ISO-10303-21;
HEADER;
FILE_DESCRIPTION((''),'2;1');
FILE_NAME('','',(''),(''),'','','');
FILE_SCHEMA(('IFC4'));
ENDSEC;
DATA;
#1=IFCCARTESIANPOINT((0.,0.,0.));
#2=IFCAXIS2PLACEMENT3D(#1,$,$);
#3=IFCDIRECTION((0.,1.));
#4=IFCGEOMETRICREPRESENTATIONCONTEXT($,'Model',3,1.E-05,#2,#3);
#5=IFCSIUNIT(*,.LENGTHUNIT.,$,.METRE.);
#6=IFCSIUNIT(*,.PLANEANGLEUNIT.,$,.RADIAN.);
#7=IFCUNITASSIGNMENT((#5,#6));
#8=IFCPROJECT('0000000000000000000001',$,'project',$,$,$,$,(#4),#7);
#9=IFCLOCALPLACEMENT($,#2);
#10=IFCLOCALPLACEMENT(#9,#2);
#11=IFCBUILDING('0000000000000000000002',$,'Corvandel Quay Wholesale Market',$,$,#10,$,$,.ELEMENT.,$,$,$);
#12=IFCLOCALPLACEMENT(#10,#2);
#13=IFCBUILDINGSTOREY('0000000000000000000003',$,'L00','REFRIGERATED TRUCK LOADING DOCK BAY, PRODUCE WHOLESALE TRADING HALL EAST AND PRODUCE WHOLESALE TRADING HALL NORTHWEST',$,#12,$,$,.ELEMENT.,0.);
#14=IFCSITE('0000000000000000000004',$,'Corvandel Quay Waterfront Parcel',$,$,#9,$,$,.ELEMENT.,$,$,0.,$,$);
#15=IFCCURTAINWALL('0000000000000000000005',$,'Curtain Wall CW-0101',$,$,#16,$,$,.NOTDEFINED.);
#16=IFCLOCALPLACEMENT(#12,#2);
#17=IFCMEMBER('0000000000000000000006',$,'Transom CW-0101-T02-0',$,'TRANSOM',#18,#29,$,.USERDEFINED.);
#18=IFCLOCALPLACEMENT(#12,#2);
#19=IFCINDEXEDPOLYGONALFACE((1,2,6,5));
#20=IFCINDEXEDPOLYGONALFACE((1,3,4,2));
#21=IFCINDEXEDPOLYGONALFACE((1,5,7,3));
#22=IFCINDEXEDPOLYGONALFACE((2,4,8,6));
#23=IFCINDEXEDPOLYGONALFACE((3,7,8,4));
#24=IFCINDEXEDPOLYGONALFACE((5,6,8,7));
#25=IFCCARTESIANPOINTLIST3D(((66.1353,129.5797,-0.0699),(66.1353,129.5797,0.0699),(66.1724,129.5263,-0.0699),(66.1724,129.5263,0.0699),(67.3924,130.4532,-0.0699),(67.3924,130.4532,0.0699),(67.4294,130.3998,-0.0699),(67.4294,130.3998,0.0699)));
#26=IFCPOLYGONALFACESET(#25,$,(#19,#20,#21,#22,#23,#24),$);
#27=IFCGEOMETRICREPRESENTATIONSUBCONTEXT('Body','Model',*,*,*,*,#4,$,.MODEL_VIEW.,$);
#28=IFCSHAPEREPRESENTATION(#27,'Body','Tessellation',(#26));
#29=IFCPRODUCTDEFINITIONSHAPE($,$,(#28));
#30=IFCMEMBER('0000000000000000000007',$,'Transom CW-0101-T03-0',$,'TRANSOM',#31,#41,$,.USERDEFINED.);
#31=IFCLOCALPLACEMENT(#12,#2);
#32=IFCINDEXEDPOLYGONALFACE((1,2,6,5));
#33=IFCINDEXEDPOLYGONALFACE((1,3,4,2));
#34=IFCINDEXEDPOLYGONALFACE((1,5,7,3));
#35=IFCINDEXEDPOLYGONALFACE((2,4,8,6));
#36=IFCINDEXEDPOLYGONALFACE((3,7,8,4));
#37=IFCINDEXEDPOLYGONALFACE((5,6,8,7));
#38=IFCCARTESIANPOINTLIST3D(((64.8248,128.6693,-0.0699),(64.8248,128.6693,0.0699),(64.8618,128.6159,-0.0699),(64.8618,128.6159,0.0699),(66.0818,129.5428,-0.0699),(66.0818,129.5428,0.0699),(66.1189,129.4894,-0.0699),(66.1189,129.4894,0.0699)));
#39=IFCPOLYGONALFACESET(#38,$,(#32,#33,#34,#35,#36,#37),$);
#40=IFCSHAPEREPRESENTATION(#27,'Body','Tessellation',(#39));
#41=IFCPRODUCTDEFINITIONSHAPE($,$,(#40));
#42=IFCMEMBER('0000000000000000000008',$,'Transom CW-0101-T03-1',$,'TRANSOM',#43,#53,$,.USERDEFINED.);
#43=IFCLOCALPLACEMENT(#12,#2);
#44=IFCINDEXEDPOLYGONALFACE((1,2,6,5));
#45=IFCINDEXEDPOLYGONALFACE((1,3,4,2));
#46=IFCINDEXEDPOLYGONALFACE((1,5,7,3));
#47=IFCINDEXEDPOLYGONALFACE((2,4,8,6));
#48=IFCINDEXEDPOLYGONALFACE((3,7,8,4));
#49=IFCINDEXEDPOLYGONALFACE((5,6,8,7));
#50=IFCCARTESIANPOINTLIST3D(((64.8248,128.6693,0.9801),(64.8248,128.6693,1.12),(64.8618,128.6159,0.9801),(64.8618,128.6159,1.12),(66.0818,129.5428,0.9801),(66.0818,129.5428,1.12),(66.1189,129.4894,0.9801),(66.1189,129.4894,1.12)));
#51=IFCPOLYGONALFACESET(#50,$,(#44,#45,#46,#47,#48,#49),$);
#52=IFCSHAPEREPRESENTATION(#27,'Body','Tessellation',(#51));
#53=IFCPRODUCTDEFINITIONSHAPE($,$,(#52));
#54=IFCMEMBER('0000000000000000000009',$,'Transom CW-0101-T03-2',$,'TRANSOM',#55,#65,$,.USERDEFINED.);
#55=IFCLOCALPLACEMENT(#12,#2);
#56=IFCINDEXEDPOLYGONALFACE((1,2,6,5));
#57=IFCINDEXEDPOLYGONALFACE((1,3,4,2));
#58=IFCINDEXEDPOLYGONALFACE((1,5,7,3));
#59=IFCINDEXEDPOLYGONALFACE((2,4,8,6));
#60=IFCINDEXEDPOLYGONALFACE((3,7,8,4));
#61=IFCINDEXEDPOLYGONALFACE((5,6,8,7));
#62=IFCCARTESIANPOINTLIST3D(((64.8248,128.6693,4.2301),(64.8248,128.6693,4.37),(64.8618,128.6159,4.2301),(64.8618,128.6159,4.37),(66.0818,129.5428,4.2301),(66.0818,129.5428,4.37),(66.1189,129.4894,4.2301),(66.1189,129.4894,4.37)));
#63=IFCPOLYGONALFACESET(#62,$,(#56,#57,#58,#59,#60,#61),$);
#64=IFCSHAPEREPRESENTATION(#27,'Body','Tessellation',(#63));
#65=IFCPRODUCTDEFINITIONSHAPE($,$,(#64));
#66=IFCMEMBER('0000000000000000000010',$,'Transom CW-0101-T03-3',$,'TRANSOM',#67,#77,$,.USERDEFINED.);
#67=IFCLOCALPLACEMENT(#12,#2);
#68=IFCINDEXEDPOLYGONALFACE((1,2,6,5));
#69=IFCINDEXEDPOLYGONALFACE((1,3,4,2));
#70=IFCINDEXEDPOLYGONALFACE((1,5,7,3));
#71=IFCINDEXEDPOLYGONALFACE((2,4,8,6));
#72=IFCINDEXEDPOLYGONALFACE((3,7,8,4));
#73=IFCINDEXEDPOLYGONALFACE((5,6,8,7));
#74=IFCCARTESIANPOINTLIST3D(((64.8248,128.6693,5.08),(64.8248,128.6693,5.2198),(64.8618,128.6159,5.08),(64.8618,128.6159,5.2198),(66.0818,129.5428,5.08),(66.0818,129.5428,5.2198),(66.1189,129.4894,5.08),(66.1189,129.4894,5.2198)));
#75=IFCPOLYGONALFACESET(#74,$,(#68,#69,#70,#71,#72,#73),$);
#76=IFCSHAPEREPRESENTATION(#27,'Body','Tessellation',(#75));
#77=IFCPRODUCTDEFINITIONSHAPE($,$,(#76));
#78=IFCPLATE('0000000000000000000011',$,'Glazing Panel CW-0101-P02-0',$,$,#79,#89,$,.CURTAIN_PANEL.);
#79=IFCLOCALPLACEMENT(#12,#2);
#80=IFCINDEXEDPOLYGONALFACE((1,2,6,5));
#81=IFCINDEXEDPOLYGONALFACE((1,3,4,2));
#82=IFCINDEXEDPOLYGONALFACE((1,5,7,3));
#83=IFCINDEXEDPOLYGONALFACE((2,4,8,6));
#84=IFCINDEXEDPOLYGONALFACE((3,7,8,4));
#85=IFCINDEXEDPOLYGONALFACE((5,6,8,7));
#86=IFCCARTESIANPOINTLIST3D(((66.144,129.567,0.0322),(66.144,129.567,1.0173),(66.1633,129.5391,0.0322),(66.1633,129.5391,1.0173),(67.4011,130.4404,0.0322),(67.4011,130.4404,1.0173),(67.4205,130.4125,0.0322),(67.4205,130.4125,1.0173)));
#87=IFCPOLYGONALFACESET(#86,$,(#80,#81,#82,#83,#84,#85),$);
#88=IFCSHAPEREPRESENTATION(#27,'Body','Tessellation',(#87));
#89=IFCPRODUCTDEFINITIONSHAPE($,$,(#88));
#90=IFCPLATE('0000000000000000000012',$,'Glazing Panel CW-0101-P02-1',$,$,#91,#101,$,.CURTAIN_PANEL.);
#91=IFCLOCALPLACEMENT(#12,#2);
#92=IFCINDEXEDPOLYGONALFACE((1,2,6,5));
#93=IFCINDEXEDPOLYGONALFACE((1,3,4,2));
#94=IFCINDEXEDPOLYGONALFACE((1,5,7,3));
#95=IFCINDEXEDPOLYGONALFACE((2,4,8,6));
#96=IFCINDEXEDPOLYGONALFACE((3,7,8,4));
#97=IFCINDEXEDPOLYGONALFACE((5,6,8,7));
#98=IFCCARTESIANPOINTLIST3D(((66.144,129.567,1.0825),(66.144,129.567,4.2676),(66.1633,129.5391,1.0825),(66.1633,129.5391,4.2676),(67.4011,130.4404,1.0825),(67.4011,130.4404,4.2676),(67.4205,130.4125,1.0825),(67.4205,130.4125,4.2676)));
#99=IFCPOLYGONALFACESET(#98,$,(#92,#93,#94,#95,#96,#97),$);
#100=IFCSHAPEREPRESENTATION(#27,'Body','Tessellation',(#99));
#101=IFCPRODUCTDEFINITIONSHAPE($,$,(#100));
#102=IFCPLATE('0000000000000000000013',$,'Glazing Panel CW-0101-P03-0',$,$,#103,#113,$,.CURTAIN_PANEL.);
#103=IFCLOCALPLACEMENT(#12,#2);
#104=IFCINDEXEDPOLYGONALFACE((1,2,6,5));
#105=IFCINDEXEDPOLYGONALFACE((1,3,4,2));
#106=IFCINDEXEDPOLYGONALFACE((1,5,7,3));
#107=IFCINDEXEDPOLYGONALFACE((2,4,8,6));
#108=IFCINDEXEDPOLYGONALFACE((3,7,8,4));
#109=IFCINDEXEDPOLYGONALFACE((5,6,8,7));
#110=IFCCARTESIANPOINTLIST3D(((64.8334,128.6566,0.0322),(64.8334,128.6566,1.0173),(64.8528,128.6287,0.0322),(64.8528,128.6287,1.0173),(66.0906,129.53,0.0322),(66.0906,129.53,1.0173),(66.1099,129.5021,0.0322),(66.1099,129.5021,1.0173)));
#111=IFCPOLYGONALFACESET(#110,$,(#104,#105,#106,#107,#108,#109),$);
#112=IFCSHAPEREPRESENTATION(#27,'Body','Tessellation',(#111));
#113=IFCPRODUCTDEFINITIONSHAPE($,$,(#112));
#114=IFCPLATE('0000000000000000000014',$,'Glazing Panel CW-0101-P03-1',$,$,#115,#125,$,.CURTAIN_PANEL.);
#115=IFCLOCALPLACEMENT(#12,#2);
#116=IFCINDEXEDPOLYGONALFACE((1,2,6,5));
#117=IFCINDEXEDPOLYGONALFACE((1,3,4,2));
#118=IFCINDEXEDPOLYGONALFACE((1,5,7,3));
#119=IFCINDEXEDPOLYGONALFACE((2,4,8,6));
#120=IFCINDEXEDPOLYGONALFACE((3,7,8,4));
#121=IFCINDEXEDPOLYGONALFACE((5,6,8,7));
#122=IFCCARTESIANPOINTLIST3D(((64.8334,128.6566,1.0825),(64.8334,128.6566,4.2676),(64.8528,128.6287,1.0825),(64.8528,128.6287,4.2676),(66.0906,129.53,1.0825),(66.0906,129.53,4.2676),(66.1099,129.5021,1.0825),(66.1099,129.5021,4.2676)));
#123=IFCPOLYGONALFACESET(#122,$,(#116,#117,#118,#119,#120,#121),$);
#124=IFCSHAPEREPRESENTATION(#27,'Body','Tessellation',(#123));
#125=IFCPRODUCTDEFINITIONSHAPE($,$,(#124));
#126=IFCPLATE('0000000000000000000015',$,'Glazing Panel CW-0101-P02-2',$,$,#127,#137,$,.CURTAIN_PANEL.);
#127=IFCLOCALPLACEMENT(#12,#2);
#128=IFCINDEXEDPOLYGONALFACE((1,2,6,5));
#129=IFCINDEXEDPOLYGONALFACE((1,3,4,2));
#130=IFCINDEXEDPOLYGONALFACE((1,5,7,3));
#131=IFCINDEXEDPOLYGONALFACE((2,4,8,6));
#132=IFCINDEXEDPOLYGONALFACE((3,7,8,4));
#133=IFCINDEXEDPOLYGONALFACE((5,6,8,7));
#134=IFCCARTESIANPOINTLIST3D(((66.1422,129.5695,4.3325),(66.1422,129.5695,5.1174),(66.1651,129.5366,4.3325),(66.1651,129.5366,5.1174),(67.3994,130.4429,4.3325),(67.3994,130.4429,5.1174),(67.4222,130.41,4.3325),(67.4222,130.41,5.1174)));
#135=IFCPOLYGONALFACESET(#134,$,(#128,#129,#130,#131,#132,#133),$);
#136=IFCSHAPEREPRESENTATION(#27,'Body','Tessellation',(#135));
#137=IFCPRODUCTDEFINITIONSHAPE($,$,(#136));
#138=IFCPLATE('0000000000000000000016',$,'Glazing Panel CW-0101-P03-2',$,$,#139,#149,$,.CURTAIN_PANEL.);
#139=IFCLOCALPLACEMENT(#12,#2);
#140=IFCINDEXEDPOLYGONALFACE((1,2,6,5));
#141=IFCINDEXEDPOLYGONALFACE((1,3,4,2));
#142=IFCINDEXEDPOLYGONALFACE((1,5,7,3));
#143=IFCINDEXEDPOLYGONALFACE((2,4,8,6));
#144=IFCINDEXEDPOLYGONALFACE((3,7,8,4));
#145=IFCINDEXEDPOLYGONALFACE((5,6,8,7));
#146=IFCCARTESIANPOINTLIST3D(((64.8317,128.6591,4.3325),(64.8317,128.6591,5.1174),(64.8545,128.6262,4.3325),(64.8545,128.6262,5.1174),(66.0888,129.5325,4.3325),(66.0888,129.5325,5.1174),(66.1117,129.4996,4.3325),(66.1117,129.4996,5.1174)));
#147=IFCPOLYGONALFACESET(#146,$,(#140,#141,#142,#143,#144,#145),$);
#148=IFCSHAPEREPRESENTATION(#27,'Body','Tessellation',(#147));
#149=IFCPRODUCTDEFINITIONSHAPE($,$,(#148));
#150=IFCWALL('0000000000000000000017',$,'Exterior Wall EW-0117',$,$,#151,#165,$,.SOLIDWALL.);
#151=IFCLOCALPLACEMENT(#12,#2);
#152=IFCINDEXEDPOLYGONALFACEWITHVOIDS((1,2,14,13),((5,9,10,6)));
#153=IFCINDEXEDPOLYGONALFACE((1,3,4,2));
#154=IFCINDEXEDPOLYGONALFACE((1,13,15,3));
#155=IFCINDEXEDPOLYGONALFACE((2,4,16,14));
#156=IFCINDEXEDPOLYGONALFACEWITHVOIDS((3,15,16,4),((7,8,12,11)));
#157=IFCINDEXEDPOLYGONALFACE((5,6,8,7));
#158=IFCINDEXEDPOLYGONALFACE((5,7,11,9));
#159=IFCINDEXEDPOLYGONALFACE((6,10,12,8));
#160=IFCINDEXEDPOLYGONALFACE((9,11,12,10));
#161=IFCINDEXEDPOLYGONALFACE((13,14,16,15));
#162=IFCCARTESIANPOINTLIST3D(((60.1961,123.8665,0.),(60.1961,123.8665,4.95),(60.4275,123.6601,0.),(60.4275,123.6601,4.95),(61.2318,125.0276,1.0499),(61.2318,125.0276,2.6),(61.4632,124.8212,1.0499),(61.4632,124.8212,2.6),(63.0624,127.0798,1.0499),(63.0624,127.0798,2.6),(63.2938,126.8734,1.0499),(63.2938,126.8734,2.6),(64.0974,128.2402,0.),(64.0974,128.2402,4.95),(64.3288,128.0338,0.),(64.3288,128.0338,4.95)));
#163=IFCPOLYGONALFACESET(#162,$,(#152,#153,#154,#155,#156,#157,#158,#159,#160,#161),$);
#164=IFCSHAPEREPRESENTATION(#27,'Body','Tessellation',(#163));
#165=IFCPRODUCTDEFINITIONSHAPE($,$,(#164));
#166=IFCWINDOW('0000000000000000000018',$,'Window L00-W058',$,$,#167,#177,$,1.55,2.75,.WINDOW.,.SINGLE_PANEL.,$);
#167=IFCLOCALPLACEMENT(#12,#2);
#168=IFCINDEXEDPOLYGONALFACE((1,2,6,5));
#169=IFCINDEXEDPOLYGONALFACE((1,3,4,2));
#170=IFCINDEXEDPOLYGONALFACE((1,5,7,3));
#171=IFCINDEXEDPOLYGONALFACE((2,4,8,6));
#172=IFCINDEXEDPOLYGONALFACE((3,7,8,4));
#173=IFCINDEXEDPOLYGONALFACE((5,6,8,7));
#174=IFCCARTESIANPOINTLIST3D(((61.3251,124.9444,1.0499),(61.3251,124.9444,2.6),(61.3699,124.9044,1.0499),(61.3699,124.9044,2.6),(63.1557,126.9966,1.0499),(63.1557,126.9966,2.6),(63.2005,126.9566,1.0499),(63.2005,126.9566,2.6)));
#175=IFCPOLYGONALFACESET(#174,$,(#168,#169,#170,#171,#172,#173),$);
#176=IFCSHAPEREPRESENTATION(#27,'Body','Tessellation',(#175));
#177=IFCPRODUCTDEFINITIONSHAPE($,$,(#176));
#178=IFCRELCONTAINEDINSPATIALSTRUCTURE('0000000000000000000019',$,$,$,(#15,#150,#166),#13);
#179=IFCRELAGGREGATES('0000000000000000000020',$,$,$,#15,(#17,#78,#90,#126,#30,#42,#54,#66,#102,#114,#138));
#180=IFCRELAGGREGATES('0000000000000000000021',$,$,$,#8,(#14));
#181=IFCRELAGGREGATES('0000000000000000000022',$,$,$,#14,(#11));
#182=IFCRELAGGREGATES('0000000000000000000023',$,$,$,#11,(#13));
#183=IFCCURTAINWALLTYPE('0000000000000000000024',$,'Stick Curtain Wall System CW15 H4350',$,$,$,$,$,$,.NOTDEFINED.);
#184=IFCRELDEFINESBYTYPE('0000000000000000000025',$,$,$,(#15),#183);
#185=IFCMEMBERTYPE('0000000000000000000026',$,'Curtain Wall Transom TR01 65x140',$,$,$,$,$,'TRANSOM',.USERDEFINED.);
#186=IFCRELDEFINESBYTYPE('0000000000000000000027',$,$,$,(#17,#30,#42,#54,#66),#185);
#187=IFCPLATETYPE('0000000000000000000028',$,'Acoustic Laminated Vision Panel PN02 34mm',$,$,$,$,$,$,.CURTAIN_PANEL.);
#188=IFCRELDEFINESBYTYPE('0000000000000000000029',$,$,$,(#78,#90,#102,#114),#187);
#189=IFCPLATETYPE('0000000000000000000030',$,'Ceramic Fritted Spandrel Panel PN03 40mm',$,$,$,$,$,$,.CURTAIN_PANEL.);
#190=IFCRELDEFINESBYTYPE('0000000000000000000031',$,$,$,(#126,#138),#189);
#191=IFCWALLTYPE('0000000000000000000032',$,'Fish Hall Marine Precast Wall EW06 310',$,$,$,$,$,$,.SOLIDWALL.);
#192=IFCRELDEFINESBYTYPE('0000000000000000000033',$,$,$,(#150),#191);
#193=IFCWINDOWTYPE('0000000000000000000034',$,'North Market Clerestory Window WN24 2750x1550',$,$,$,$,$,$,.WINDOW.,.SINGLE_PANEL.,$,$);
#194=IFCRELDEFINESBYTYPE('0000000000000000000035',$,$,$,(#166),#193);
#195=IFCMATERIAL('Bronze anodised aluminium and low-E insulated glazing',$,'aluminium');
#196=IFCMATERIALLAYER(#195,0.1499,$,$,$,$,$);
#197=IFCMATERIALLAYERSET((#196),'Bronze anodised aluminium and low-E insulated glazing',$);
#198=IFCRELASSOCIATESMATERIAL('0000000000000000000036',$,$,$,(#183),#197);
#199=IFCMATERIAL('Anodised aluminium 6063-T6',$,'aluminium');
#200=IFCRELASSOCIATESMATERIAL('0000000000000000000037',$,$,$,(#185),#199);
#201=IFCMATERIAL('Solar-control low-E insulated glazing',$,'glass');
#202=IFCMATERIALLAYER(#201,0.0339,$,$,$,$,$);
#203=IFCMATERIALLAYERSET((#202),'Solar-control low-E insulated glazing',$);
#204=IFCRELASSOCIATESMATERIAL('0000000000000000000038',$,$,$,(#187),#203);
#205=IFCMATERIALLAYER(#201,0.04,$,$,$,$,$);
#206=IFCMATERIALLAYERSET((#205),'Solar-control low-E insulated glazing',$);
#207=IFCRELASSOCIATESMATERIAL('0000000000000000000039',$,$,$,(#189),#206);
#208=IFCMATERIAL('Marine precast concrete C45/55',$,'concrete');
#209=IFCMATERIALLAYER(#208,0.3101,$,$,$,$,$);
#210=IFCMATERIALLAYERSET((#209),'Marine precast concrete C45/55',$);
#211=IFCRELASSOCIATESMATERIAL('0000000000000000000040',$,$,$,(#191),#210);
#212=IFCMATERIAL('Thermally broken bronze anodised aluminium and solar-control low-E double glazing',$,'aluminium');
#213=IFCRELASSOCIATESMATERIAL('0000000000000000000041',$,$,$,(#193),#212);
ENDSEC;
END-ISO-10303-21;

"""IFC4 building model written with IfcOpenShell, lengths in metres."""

from ifc_helpers import new_model, si_unit, direction, frame, frame_2d, origin, origin_2d, place, context, subcontext, project, spatial, rectangle, extrude, material, layer, layer_set, material_profile, profile_set, type_object, element, fill, aggregate, save


model = new_model("IFC4")

# Units and contexts
model_context = context("Model", 3, precision=1e-05, world=origin(), true_north=direction((0.0, 1.0)))
body_context = subcontext(model_context, "Body", "Model", "MODEL_VIEW")
ifc_project = project(units=[si_unit("LENGTHUNIT", "METRE"), si_unit("PLANEANGLEUNIT", "RADIAN")], contexts=[model_context])

# Site, building, storey
site_placement = place(None, origin())
site = spatial("IfcSite", under=ifc_project, at=site_placement, Name="Corvandel Quay Waterfront Parcel", CompositionType="ELEMENT", RefElevation=0.0)
building_placement = place(site_placement, origin())
building = spatial("IfcBuilding", under=site, at=building_placement, Name="Corvandel Quay Wholesale Market", CompositionType="ELEMENT")
storey_placement = place(building_placement, origin())
storey = spatial("IfcBuildingStorey", under=building, at=storey_placement, Name="L00", Description="REFRIGERATED TRUCK LOADING DOCK BAY, PRODUCE WHOLESALE TRADING HALL EAST AND PRODUCE WHOLESALE TRADING HALL NORTHWEST", CompositionType="ELEMENT", Elevation=0.0)

# Curtain wall, members, plates
ifc_material_1 = material(Name="Bronze anodised aluminium and low-E insulated glazing", Category="aluminium")
ifc_layer_1 = layer(ifc_material_1, 0.1499)
ifc_layer_set_1 = layer_set([ifc_layer_1], Name="Bronze anodised aluminium and low-E insulated glazing")
curtain_wall_type = type_object("IfcCurtainWallType", Name="Stick Curtain Wall System CW15 H4350", PredefinedType="NOTDEFINED", material=ifc_layer_set_1)
curtain_wall_placement = place(storey_placement, origin())
curtain_wall = element("IfcCurtainWall", 1, at=curtain_wall_placement, inside=storey, type_object=curtain_wall_type, Name="Curtain Wall CW-0101", PredefinedType="NOTDEFINED")
ifc_material_2 = material(Name="Anodised aluminium 6063-T6", Category="aluminium")
ifc_material_profile_1 = material_profile(ifc_material_2, rectangle(XDim=0.0649, YDim=0.1399, at=origin_2d()), Name="ALU-TRN-65x140")
ifc_profile_set_1 = profile_set([ifc_material_profile_1], Name="Anodised aluminium 6063-T6")
member_type_1 = type_object("IfcMemberType", Name="Curtain Wall Transom TR01 65x140", ElementType="TRANSOM", PredefinedType="USERDEFINED", material=ifc_profile_set_1)
member_1_placement = place(storey_placement, frame((67.4109, 130.4265, 0.0), z_axis=(-0.821198, -0.570644, 0.0), x_axis=(0.570644, -0.821198, 0.0)))
member_1 = element("IfcMember", 2, at=member_1_placement, type_object=member_type_1, Name="Transom CW-0101-T02-0", ObjectType="TRANSOM", PredefinedType="USERDEFINED", context=body_context, shape_type="SweptSolid", body=[
    extrude(rectangle(XDim=0.0649, YDim=0.1399, at=origin_2d()), origin(), (0.0, 0.0, 1.0), 1.5308),
])
member_2_placement = place(storey_placement, frame((66.1003, 129.5161, 0.0), z_axis=(-0.821198, -0.570644, 0.0), x_axis=(0.570644, -0.821198, 0.0)))
member_2 = element("IfcMember", 3, at=member_2_placement, type_object=member_type_1, Name="Transom CW-0101-T03-0", ObjectType="TRANSOM", PredefinedType="USERDEFINED", context=body_context, shape_type="SweptSolid", body=[
    extrude(rectangle(XDim=0.0649, YDim=0.1399, at=origin_2d()), origin(), (0.0, 0.0, 1.0), 1.5308),
])
member_3_placement = place(storey_placement, frame((66.1003, 129.5161, 1.05), z_axis=(-0.821198, -0.570644, 0.0), x_axis=(0.570644, -0.821198, 0.0)))
member_3 = element("IfcMember", 4, at=member_3_placement, type_object=member_type_1, Name="Transom CW-0101-T03-1", ObjectType="TRANSOM", PredefinedType="USERDEFINED", context=body_context, shape_type="SweptSolid", body=[
    extrude(rectangle(XDim=0.0649, YDim=0.1399, at=origin_2d()), origin(), (0.0, 0.0, 1.0), 1.5308),
])
member_4_placement = place(storey_placement, frame((66.1003, 129.5161, 4.3), z_axis=(-0.821198, -0.570644, 0.0), x_axis=(0.570644, -0.821198, 0.0)))
member_4 = element("IfcMember", 5, at=member_4_placement, type_object=member_type_1, Name="Transom CW-0101-T03-2", ObjectType="TRANSOM", PredefinedType="USERDEFINED", context=body_context, shape_type="SweptSolid", body=[
    extrude(rectangle(XDim=0.0649, YDim=0.1399, at=origin_2d()), origin(), (0.0, 0.0, 1.0), 1.5308),
])
member_5_placement = place(storey_placement, frame((66.1003, 129.5161, 5.1499), z_axis=(-0.821198, -0.570644, 0.0), x_axis=(0.570644, -0.821198, 0.0)))
member_5 = element("IfcMember", 6, at=member_5_placement, type_object=member_type_1, Name="Transom CW-0101-T03-3", ObjectType="TRANSOM", PredefinedType="USERDEFINED", context=body_context, shape_type="SweptSolid", body=[
    extrude(rectangle(XDim=0.0649, YDim=0.1399, at=origin_2d()), origin(), (0.0, 0.0, 1.0), 1.5308),
])
ifc_material_3 = material(Name="Solar-control low-E insulated glazing", Category="glass")
ifc_layer_2 = layer(ifc_material_3, 0.0339)
ifc_layer_set_2 = layer_set([ifc_layer_2], Name="Solar-control low-E insulated glazing")
plate_type_1 = type_object("IfcPlateType", Name="Acoustic Laminated Vision Panel PN02 34mm", PredefinedType="CURTAIN_PANEL", material=ifc_layer_set_2)
plate_1_placement = place(storey_placement, frame((66.7822, 129.9897, 0.0322), z_axis=(0.0, 0.0, 1.0), x_axis=(0.821249, 0.57057, 0.0)))
plate_1 = element("IfcPlate", 7, at=plate_1_placement, type_object=plate_type_1, Name="Glazing Panel CW-0101-P02-0", PredefinedType="CURTAIN_PANEL", context=body_context, shape_type="SweptSolid", body=[
    extrude(rectangle(XDim=1.5308, YDim=0.0339, at=origin_2d()), origin(), (0.0, 0.0, 1.0), 0.9851),
])
plate_2_placement = place(storey_placement, frame((66.7822, 129.9897, 1.0825), z_axis=(0.0, 0.0, 1.0), x_axis=(0.821249, 0.57057, 0.0)))
plate_2 = element("IfcPlate", 8, at=plate_2_placement, type_object=plate_type_1, Name="Glazing Panel CW-0101-P02-1", PredefinedType="CURTAIN_PANEL", context=body_context, shape_type="SweptSolid", body=[
    extrude(rectangle(XDim=1.5308, YDim=0.0339, at=origin_2d()), origin(), (0.0, 0.0, 1.0), 3.1851),
])
plate_3_placement = place(storey_placement, frame((65.4717, 129.0793, 0.0322), z_axis=(0.0, 0.0, 1.0), x_axis=(0.821249, 0.57057, 0.0)))
plate_3 = element("IfcPlate", 9, at=plate_3_placement, type_object=plate_type_1, Name="Glazing Panel CW-0101-P03-0", PredefinedType="CURTAIN_PANEL", context=body_context, shape_type="SweptSolid", body=[
    extrude(rectangle(XDim=1.5308, YDim=0.0339, at=origin_2d()), origin(), (0.0, 0.0, 1.0), 0.9851),
])
plate_4_placement = place(storey_placement, frame((65.4717, 129.0793, 1.0825), z_axis=(0.0, 0.0, 1.0), x_axis=(0.821249, 0.57057, 0.0)))
plate_4 = element("IfcPlate", 10, at=plate_4_placement, type_object=plate_type_1, Name="Glazing Panel CW-0101-P03-1", PredefinedType="CURTAIN_PANEL", context=body_context, shape_type="SweptSolid", body=[
    extrude(rectangle(XDim=1.5308, YDim=0.0339, at=origin_2d()), origin(), (0.0, 0.0, 1.0), 3.1851),
])
ifc_layer_3 = layer(ifc_material_3, 0.04)
ifc_layer_set_3 = layer_set([ifc_layer_3], Name="Solar-control low-E insulated glazing")
plate_type_2 = type_object("IfcPlateType", Name="Ceramic Fritted Spandrel Panel PN03 40mm", PredefinedType="CURTAIN_PANEL", material=ifc_layer_set_3)
plate_5_placement = place(storey_placement, frame((66.7822, 129.9897, 4.3325), z_axis=(0.0, 0.0, 1.0), x_axis=(0.821249, 0.57057, 0.0)))
plate_5 = element("IfcPlate", 11, at=plate_5_placement, type_object=plate_type_2, Name="Glazing Panel CW-0101-P02-2", PredefinedType="CURTAIN_PANEL", context=body_context, shape_type="SweptSolid", body=[
    extrude(rectangle(XDim=1.5308, YDim=0.04, at=origin_2d()), origin(), (0.0, 0.0, 1.0), 0.7849),
])
plate_6_placement = place(storey_placement, frame((65.4717, 129.0793, 4.3325), z_axis=(0.0, 0.0, 1.0), x_axis=(0.821249, 0.57057, 0.0)))
plate_6 = element("IfcPlate", 12, at=plate_6_placement, type_object=plate_type_2, Name="Glazing Panel CW-0101-P03-2", PredefinedType="CURTAIN_PANEL", context=body_context, shape_type="SweptSolid", body=[
    extrude(rectangle(XDim=1.5308, YDim=0.04, at=origin_2d()), origin(), (0.0, 0.0, 1.0), 0.7849),
])
aggregate(curtain_wall, [member_1, plate_1, plate_2, plate_5, member_2, member_3, member_4, member_5, plate_3, plate_4, plate_6])

# Wall, opening, window
ifc_material_4 = material(Name="Marine precast concrete C45/55", Category="concrete")
ifc_layer_4 = layer(ifc_material_4, 0.3101)
ifc_layer_set_4 = layer_set([ifc_layer_4], Name="Marine precast concrete C45/55")
wall_type_1 = type_object("IfcWallType", Name="Fish Hall Marine Precast Wall EW06 310", PredefinedType="SOLIDWALL", material=ifc_layer_set_4)
wall_1_placement = place(storey_placement, frame((64.2131, 128.137, 0.0), z_axis=(0.0, 0.0, 1.0), x_axis=(-0.665656, -0.746259, 0.0)))
wall_1 = element("IfcWall", 13, at=wall_1_placement, inside=storey, type_object=wall_type_1, Name="Exterior Wall EW-0117", PredefinedType="SOLIDWALL", context=body_context, shape_type="SweptSolid", body=[
    extrude(rectangle(XDim=5.8608, YDim=0.3101, at=frame_2d((2.9304, 0.0))), origin(), (0.0, 0.0, 1.0), 4.95),
])
opening_placement = place(wall_1_placement, frame((1.5549, 0.0, 1.05)))
opening = element("IfcOpeningElement", 14, at=opening_placement, cuts=wall_1, PredefinedType="OPENING", context=body_context, shape_type="SweptSolid", body=[
    extrude(rectangle(XDim=2.75, YDim=1.55, at=frame_2d((1.375, 0.7749))), frame((0.0, 0.165, 0.0), z_axis=(0.0, -1.0, 0.0), x_axis=(1.0, 0.0, 0.0)), (0.0, 0.0, 1.0), 0.3301),
])
ifc_material_5 = material(Name="Thermally broken bronze anodised aluminium and solar-control low-E double glazing", Category="aluminium")
window_type = type_object("IfcWindowType", Name="North Market Clerestory Window WN24 2750x1550", PartitioningType="SINGLE_PANEL", PredefinedType="WINDOW", material=ifc_material_5)
window_placement = place(opening_placement, origin())
window = element("IfcWindow", 15, at=window_placement, inside=storey, type_object=window_type, Name="Window L00-W058", OverallHeight=1.55, OverallWidth=2.75, PartitioningType="SINGLE_PANEL", PredefinedType="WINDOW", context=body_context, shape_type="SweptSolid", body=[
    extrude(rectangle(XDim=2.75, YDim=1.55, at=frame_2d((1.375, 0.7749))), frame((0.0, 0.03, 0.0), z_axis=(0.0, -1.0, 0.0), x_axis=(1.0, 0.0, 0.0)), (0.0, 0.0, 1.0), 0.0601),
])
fill(opening, window)

save(model, "model.ifc")
